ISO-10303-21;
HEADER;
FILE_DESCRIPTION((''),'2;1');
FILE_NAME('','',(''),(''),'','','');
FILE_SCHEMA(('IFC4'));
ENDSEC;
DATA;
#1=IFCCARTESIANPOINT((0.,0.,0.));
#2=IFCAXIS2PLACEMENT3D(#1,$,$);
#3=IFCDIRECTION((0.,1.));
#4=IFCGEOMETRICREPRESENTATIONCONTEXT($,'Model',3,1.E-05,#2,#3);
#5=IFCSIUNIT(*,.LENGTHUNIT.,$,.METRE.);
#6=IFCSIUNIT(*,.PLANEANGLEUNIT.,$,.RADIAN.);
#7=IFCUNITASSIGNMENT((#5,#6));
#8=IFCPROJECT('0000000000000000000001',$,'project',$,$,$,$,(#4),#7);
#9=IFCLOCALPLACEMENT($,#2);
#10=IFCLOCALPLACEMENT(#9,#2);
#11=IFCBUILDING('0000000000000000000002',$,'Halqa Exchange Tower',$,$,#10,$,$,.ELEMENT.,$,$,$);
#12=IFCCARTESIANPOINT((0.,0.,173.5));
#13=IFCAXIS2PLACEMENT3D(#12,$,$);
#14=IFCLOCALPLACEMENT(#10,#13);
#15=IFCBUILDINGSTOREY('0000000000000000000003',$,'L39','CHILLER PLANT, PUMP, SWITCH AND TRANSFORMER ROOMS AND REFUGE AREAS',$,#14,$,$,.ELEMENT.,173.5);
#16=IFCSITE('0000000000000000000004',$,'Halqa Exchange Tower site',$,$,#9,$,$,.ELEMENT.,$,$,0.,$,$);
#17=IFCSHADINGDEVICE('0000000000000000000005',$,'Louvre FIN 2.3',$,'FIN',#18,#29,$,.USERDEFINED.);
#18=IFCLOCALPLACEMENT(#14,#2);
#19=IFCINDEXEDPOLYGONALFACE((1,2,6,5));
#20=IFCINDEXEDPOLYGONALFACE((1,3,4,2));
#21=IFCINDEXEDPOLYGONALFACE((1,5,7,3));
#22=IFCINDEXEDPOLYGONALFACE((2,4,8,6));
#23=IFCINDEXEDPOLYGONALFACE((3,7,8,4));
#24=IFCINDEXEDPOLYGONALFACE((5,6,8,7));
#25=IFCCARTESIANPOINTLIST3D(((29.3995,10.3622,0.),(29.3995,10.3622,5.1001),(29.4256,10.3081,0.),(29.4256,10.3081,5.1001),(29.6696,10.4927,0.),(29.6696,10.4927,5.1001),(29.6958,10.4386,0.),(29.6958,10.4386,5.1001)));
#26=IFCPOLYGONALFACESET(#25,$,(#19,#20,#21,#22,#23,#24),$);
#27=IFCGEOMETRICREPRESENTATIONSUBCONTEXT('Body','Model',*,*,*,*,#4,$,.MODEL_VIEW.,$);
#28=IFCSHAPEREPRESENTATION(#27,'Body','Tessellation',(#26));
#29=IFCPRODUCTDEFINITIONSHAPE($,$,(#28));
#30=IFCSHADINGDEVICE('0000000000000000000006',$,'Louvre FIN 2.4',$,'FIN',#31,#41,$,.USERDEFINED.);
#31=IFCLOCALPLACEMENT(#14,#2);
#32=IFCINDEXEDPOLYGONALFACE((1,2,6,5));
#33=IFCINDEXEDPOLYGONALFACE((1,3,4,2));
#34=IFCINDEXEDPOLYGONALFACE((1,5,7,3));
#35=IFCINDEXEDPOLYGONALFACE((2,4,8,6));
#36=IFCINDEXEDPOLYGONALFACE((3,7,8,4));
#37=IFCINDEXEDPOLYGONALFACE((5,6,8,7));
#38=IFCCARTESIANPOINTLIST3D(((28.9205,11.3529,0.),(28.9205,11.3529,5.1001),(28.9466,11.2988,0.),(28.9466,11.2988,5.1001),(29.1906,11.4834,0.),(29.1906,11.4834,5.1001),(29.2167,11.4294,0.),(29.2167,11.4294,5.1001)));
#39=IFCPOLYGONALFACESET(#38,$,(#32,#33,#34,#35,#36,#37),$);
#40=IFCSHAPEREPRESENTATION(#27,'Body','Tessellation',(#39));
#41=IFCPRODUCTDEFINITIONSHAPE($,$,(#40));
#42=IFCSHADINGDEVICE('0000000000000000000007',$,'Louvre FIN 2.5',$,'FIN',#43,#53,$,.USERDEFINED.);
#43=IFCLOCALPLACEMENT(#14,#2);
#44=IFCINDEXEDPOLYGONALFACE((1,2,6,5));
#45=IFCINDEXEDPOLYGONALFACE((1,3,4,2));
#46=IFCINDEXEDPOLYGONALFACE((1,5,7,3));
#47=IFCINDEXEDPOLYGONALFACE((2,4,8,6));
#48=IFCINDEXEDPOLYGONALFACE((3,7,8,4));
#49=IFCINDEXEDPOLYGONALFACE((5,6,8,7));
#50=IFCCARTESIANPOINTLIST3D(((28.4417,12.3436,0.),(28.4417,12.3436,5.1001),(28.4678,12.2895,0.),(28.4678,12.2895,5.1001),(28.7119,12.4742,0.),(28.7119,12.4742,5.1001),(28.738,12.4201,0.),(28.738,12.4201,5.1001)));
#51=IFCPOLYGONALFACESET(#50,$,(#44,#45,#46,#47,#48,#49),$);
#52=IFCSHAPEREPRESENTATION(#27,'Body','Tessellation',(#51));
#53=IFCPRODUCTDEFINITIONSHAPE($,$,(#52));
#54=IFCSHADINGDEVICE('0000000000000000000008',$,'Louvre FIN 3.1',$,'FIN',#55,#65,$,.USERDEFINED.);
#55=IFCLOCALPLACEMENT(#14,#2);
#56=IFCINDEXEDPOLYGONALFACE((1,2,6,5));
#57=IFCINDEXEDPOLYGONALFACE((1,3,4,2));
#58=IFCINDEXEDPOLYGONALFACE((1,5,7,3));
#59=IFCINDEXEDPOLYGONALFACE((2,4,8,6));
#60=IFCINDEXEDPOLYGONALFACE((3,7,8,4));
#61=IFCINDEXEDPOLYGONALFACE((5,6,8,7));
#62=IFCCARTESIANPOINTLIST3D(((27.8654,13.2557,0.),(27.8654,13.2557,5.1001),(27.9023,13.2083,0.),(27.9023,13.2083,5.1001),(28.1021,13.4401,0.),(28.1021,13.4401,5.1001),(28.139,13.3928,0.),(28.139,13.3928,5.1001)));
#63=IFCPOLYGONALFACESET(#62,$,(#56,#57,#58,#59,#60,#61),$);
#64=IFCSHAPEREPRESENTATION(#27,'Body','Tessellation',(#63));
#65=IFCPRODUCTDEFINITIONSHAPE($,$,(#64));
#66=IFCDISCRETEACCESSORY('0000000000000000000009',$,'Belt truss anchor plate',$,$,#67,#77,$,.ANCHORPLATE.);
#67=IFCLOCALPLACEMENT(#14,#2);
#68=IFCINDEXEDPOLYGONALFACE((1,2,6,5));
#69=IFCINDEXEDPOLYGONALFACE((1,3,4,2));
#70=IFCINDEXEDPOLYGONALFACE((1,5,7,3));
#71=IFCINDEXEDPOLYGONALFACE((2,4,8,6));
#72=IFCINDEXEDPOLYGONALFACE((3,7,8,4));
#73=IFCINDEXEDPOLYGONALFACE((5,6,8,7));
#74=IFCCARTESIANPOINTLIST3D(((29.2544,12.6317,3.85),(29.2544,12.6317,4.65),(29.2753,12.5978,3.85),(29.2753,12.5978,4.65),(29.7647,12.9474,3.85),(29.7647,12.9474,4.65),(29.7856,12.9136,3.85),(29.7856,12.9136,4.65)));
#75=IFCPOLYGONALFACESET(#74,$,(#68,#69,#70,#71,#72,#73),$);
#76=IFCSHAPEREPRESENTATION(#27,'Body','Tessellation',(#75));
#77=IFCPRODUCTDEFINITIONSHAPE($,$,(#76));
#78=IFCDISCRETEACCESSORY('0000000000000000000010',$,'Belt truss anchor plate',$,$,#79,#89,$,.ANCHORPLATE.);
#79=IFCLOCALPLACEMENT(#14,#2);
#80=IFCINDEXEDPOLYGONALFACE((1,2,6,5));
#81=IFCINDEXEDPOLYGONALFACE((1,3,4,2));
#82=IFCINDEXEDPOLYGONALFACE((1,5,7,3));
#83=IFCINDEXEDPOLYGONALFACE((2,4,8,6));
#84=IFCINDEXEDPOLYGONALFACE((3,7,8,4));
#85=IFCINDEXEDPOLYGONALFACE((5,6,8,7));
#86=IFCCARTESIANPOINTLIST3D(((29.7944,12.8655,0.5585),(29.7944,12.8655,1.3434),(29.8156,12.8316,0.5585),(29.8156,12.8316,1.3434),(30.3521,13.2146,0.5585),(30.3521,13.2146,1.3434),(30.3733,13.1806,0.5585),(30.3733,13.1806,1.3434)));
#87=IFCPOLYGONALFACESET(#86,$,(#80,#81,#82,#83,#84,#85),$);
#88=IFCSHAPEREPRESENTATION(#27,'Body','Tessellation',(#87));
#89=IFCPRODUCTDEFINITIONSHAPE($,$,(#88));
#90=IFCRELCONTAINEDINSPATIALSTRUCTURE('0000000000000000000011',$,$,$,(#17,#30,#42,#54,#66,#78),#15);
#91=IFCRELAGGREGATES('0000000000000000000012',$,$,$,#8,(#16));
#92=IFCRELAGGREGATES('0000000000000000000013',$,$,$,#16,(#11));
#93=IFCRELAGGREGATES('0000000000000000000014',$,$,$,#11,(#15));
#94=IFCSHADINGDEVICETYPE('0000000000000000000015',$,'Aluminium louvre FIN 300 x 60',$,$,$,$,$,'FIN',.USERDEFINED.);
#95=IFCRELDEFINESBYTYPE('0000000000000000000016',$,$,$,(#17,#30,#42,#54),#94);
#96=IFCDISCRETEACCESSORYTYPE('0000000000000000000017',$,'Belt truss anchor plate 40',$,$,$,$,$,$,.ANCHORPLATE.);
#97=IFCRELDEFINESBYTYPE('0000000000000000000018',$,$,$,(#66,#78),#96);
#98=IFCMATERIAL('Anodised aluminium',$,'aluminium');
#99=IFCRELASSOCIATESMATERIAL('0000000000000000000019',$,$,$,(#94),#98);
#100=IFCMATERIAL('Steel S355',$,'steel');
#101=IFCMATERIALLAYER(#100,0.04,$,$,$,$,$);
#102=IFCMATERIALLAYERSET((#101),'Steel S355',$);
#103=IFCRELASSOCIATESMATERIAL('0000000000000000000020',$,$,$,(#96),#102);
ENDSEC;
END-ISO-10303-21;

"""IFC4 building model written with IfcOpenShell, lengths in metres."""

from ifc_helpers import new_model, si_unit, direction, frame, origin, origin_2d, place, context, subcontext, project, spatial, rectangle, extrude, material, layer, layer_set, material_profile, profile_set, type_object, element, save


model = new_model("IFC4")

# Units and contexts
model_context = context("Model", 3, precision=1e-05, world=origin(), true_north=direction((0.0, 1.0)))
body_context = subcontext(model_context, "Body", "Model", "MODEL_VIEW")
ifc_project = project(units=[si_unit("LENGTHUNIT", "METRE"), si_unit("PLANEANGLEUNIT", "RADIAN")], contexts=[model_context])

# Site, building, storey
site_placement = place(None, origin())
site = spatial("IfcSite", under=ifc_project, at=site_placement, Name="Halqa Exchange Tower site", CompositionType="ELEMENT", RefElevation=0.0)
building_placement = place(site_placement, origin())
building = spatial("IfcBuilding", under=site, at=building_placement, Name="Halqa Exchange Tower", CompositionType="ELEMENT")
storey_placement = place(building_placement, frame((0.0, 0.0, 173.5)))
storey = spatial("IfcBuildingStorey", under=building, at=storey_placement, Name="L39", Description="CHILLER PLANT, PUMP, SWITCH AND TRANSFORMER ROOMS AND REFUGE AREAS", CompositionType="ELEMENT", Elevation=173.5)

# Shared definitions
ifc_material_1 = material(Name="Steel S355", Category="steel")

# Shading devices
ifc_material_2 = material(Name="Anodised aluminium", Category="aluminium")
ifc_material_profile_1 = material_profile(ifc_material_2, rectangle(XDim=0.3, YDim=0.0601, at=origin_2d()), Name="AL FIN 300x60")
ifc_profile_set_1 = profile_set([ifc_material_profile_1], Name="Anodised aluminium")
shading_device_type = type_object("IfcShadingDeviceType", Name="Aluminium louvre FIN 300 x 60", ElementType="FIN", PredefinedType="USERDEFINED", material=ifc_profile_set_1)
for number, where, z_axis, x_axis, name in (
    (1, (29.5476, 10.4004, 0.0), (0.0, 0.0, 1.0), (-0.900378, -0.435109, 0.0), "Louvre FIN 2.3"),
    (2, (29.0686, 11.3911, 0.0), (0.0, 0.0, 1.0), (-0.900378, -0.435109, 0.0), "Louvre FIN 2.4"),
    (3, (28.5898, 12.3818, 0.0), (0.0, 0.0, 1.0), (-0.900378, -0.435109, 0.0), "Louvre FIN 2.5"),
    (4, (28.0022, 13.3242, 0.0), (0.0, 0.0, 1.0), (-0.788686, -0.614796, 0.0), "Louvre FIN 3.1"),
):
    element("IfcShadingDevice", number, at=place(storey_placement, frame(where, z_axis=z_axis, x_axis=x_axis)), inside=storey, type_object=shading_device_type, Name=name, ObjectType="FIN", PredefinedType="USERDEFINED", context=body_context, shape_type="SweptSolid", body=[
        extrude(rectangle(XDim=0.3, YDim=0.0601, at=origin_2d()), origin(), (0.0, 0.0, 1.0), 5.1001),
    ])

# Discrete accessories
ifc_layer_1 = layer(ifc_material_1, 0.04)
ifc_layer_set_1 = layer_set([ifc_layer_1], Name="Steel S355")
discrete_accessory_type = type_object("IfcDiscreteAccessoryType", Name="Belt truss anchor plate 40", PredefinedType="ANCHORPLATE", material=ifc_layer_set_1)
discrete_accessory_1_placement = place(storey_placement, frame((29.5095, 12.7896, 4.25), z_axis=(0.526144, -0.850396, 0.0), x_axis=(0.850396, 0.526144, 0.0)))
element("IfcDiscreteAccessory", 5, at=discrete_accessory_1_placement, inside=storey, type_object=discrete_accessory_type, Name="Belt truss anchor plate", PredefinedType="ANCHORPLATE", context=body_context, shape_type="SweptSolid", body=[
    extrude(rectangle(XDim=0.6001, YDim=0.8, at=origin_2d()), origin(), (0.0, 0.0, 1.0), 0.0398),
])
discrete_accessory_2_placement = place(storey_placement, frame((30.0732, 13.04, 0.9509), z_axis=(0.530547, -0.847656, 0.0), x_axis=(0.847656, 0.530547, 0.0)))
element("IfcDiscreteAccessory", 6, at=discrete_accessory_2_placement, inside=storey, type_object=discrete_accessory_type, Name="Belt truss anchor plate", PredefinedType="ANCHORPLATE", context=body_context, shape_type="SweptSolid", body=[
    extrude(rectangle(XDim=0.658, YDim=0.7849, at=origin_2d()), origin(), (0.0, 0.0, 1.0), 0.04),
])

save(model, "model.ifc")
